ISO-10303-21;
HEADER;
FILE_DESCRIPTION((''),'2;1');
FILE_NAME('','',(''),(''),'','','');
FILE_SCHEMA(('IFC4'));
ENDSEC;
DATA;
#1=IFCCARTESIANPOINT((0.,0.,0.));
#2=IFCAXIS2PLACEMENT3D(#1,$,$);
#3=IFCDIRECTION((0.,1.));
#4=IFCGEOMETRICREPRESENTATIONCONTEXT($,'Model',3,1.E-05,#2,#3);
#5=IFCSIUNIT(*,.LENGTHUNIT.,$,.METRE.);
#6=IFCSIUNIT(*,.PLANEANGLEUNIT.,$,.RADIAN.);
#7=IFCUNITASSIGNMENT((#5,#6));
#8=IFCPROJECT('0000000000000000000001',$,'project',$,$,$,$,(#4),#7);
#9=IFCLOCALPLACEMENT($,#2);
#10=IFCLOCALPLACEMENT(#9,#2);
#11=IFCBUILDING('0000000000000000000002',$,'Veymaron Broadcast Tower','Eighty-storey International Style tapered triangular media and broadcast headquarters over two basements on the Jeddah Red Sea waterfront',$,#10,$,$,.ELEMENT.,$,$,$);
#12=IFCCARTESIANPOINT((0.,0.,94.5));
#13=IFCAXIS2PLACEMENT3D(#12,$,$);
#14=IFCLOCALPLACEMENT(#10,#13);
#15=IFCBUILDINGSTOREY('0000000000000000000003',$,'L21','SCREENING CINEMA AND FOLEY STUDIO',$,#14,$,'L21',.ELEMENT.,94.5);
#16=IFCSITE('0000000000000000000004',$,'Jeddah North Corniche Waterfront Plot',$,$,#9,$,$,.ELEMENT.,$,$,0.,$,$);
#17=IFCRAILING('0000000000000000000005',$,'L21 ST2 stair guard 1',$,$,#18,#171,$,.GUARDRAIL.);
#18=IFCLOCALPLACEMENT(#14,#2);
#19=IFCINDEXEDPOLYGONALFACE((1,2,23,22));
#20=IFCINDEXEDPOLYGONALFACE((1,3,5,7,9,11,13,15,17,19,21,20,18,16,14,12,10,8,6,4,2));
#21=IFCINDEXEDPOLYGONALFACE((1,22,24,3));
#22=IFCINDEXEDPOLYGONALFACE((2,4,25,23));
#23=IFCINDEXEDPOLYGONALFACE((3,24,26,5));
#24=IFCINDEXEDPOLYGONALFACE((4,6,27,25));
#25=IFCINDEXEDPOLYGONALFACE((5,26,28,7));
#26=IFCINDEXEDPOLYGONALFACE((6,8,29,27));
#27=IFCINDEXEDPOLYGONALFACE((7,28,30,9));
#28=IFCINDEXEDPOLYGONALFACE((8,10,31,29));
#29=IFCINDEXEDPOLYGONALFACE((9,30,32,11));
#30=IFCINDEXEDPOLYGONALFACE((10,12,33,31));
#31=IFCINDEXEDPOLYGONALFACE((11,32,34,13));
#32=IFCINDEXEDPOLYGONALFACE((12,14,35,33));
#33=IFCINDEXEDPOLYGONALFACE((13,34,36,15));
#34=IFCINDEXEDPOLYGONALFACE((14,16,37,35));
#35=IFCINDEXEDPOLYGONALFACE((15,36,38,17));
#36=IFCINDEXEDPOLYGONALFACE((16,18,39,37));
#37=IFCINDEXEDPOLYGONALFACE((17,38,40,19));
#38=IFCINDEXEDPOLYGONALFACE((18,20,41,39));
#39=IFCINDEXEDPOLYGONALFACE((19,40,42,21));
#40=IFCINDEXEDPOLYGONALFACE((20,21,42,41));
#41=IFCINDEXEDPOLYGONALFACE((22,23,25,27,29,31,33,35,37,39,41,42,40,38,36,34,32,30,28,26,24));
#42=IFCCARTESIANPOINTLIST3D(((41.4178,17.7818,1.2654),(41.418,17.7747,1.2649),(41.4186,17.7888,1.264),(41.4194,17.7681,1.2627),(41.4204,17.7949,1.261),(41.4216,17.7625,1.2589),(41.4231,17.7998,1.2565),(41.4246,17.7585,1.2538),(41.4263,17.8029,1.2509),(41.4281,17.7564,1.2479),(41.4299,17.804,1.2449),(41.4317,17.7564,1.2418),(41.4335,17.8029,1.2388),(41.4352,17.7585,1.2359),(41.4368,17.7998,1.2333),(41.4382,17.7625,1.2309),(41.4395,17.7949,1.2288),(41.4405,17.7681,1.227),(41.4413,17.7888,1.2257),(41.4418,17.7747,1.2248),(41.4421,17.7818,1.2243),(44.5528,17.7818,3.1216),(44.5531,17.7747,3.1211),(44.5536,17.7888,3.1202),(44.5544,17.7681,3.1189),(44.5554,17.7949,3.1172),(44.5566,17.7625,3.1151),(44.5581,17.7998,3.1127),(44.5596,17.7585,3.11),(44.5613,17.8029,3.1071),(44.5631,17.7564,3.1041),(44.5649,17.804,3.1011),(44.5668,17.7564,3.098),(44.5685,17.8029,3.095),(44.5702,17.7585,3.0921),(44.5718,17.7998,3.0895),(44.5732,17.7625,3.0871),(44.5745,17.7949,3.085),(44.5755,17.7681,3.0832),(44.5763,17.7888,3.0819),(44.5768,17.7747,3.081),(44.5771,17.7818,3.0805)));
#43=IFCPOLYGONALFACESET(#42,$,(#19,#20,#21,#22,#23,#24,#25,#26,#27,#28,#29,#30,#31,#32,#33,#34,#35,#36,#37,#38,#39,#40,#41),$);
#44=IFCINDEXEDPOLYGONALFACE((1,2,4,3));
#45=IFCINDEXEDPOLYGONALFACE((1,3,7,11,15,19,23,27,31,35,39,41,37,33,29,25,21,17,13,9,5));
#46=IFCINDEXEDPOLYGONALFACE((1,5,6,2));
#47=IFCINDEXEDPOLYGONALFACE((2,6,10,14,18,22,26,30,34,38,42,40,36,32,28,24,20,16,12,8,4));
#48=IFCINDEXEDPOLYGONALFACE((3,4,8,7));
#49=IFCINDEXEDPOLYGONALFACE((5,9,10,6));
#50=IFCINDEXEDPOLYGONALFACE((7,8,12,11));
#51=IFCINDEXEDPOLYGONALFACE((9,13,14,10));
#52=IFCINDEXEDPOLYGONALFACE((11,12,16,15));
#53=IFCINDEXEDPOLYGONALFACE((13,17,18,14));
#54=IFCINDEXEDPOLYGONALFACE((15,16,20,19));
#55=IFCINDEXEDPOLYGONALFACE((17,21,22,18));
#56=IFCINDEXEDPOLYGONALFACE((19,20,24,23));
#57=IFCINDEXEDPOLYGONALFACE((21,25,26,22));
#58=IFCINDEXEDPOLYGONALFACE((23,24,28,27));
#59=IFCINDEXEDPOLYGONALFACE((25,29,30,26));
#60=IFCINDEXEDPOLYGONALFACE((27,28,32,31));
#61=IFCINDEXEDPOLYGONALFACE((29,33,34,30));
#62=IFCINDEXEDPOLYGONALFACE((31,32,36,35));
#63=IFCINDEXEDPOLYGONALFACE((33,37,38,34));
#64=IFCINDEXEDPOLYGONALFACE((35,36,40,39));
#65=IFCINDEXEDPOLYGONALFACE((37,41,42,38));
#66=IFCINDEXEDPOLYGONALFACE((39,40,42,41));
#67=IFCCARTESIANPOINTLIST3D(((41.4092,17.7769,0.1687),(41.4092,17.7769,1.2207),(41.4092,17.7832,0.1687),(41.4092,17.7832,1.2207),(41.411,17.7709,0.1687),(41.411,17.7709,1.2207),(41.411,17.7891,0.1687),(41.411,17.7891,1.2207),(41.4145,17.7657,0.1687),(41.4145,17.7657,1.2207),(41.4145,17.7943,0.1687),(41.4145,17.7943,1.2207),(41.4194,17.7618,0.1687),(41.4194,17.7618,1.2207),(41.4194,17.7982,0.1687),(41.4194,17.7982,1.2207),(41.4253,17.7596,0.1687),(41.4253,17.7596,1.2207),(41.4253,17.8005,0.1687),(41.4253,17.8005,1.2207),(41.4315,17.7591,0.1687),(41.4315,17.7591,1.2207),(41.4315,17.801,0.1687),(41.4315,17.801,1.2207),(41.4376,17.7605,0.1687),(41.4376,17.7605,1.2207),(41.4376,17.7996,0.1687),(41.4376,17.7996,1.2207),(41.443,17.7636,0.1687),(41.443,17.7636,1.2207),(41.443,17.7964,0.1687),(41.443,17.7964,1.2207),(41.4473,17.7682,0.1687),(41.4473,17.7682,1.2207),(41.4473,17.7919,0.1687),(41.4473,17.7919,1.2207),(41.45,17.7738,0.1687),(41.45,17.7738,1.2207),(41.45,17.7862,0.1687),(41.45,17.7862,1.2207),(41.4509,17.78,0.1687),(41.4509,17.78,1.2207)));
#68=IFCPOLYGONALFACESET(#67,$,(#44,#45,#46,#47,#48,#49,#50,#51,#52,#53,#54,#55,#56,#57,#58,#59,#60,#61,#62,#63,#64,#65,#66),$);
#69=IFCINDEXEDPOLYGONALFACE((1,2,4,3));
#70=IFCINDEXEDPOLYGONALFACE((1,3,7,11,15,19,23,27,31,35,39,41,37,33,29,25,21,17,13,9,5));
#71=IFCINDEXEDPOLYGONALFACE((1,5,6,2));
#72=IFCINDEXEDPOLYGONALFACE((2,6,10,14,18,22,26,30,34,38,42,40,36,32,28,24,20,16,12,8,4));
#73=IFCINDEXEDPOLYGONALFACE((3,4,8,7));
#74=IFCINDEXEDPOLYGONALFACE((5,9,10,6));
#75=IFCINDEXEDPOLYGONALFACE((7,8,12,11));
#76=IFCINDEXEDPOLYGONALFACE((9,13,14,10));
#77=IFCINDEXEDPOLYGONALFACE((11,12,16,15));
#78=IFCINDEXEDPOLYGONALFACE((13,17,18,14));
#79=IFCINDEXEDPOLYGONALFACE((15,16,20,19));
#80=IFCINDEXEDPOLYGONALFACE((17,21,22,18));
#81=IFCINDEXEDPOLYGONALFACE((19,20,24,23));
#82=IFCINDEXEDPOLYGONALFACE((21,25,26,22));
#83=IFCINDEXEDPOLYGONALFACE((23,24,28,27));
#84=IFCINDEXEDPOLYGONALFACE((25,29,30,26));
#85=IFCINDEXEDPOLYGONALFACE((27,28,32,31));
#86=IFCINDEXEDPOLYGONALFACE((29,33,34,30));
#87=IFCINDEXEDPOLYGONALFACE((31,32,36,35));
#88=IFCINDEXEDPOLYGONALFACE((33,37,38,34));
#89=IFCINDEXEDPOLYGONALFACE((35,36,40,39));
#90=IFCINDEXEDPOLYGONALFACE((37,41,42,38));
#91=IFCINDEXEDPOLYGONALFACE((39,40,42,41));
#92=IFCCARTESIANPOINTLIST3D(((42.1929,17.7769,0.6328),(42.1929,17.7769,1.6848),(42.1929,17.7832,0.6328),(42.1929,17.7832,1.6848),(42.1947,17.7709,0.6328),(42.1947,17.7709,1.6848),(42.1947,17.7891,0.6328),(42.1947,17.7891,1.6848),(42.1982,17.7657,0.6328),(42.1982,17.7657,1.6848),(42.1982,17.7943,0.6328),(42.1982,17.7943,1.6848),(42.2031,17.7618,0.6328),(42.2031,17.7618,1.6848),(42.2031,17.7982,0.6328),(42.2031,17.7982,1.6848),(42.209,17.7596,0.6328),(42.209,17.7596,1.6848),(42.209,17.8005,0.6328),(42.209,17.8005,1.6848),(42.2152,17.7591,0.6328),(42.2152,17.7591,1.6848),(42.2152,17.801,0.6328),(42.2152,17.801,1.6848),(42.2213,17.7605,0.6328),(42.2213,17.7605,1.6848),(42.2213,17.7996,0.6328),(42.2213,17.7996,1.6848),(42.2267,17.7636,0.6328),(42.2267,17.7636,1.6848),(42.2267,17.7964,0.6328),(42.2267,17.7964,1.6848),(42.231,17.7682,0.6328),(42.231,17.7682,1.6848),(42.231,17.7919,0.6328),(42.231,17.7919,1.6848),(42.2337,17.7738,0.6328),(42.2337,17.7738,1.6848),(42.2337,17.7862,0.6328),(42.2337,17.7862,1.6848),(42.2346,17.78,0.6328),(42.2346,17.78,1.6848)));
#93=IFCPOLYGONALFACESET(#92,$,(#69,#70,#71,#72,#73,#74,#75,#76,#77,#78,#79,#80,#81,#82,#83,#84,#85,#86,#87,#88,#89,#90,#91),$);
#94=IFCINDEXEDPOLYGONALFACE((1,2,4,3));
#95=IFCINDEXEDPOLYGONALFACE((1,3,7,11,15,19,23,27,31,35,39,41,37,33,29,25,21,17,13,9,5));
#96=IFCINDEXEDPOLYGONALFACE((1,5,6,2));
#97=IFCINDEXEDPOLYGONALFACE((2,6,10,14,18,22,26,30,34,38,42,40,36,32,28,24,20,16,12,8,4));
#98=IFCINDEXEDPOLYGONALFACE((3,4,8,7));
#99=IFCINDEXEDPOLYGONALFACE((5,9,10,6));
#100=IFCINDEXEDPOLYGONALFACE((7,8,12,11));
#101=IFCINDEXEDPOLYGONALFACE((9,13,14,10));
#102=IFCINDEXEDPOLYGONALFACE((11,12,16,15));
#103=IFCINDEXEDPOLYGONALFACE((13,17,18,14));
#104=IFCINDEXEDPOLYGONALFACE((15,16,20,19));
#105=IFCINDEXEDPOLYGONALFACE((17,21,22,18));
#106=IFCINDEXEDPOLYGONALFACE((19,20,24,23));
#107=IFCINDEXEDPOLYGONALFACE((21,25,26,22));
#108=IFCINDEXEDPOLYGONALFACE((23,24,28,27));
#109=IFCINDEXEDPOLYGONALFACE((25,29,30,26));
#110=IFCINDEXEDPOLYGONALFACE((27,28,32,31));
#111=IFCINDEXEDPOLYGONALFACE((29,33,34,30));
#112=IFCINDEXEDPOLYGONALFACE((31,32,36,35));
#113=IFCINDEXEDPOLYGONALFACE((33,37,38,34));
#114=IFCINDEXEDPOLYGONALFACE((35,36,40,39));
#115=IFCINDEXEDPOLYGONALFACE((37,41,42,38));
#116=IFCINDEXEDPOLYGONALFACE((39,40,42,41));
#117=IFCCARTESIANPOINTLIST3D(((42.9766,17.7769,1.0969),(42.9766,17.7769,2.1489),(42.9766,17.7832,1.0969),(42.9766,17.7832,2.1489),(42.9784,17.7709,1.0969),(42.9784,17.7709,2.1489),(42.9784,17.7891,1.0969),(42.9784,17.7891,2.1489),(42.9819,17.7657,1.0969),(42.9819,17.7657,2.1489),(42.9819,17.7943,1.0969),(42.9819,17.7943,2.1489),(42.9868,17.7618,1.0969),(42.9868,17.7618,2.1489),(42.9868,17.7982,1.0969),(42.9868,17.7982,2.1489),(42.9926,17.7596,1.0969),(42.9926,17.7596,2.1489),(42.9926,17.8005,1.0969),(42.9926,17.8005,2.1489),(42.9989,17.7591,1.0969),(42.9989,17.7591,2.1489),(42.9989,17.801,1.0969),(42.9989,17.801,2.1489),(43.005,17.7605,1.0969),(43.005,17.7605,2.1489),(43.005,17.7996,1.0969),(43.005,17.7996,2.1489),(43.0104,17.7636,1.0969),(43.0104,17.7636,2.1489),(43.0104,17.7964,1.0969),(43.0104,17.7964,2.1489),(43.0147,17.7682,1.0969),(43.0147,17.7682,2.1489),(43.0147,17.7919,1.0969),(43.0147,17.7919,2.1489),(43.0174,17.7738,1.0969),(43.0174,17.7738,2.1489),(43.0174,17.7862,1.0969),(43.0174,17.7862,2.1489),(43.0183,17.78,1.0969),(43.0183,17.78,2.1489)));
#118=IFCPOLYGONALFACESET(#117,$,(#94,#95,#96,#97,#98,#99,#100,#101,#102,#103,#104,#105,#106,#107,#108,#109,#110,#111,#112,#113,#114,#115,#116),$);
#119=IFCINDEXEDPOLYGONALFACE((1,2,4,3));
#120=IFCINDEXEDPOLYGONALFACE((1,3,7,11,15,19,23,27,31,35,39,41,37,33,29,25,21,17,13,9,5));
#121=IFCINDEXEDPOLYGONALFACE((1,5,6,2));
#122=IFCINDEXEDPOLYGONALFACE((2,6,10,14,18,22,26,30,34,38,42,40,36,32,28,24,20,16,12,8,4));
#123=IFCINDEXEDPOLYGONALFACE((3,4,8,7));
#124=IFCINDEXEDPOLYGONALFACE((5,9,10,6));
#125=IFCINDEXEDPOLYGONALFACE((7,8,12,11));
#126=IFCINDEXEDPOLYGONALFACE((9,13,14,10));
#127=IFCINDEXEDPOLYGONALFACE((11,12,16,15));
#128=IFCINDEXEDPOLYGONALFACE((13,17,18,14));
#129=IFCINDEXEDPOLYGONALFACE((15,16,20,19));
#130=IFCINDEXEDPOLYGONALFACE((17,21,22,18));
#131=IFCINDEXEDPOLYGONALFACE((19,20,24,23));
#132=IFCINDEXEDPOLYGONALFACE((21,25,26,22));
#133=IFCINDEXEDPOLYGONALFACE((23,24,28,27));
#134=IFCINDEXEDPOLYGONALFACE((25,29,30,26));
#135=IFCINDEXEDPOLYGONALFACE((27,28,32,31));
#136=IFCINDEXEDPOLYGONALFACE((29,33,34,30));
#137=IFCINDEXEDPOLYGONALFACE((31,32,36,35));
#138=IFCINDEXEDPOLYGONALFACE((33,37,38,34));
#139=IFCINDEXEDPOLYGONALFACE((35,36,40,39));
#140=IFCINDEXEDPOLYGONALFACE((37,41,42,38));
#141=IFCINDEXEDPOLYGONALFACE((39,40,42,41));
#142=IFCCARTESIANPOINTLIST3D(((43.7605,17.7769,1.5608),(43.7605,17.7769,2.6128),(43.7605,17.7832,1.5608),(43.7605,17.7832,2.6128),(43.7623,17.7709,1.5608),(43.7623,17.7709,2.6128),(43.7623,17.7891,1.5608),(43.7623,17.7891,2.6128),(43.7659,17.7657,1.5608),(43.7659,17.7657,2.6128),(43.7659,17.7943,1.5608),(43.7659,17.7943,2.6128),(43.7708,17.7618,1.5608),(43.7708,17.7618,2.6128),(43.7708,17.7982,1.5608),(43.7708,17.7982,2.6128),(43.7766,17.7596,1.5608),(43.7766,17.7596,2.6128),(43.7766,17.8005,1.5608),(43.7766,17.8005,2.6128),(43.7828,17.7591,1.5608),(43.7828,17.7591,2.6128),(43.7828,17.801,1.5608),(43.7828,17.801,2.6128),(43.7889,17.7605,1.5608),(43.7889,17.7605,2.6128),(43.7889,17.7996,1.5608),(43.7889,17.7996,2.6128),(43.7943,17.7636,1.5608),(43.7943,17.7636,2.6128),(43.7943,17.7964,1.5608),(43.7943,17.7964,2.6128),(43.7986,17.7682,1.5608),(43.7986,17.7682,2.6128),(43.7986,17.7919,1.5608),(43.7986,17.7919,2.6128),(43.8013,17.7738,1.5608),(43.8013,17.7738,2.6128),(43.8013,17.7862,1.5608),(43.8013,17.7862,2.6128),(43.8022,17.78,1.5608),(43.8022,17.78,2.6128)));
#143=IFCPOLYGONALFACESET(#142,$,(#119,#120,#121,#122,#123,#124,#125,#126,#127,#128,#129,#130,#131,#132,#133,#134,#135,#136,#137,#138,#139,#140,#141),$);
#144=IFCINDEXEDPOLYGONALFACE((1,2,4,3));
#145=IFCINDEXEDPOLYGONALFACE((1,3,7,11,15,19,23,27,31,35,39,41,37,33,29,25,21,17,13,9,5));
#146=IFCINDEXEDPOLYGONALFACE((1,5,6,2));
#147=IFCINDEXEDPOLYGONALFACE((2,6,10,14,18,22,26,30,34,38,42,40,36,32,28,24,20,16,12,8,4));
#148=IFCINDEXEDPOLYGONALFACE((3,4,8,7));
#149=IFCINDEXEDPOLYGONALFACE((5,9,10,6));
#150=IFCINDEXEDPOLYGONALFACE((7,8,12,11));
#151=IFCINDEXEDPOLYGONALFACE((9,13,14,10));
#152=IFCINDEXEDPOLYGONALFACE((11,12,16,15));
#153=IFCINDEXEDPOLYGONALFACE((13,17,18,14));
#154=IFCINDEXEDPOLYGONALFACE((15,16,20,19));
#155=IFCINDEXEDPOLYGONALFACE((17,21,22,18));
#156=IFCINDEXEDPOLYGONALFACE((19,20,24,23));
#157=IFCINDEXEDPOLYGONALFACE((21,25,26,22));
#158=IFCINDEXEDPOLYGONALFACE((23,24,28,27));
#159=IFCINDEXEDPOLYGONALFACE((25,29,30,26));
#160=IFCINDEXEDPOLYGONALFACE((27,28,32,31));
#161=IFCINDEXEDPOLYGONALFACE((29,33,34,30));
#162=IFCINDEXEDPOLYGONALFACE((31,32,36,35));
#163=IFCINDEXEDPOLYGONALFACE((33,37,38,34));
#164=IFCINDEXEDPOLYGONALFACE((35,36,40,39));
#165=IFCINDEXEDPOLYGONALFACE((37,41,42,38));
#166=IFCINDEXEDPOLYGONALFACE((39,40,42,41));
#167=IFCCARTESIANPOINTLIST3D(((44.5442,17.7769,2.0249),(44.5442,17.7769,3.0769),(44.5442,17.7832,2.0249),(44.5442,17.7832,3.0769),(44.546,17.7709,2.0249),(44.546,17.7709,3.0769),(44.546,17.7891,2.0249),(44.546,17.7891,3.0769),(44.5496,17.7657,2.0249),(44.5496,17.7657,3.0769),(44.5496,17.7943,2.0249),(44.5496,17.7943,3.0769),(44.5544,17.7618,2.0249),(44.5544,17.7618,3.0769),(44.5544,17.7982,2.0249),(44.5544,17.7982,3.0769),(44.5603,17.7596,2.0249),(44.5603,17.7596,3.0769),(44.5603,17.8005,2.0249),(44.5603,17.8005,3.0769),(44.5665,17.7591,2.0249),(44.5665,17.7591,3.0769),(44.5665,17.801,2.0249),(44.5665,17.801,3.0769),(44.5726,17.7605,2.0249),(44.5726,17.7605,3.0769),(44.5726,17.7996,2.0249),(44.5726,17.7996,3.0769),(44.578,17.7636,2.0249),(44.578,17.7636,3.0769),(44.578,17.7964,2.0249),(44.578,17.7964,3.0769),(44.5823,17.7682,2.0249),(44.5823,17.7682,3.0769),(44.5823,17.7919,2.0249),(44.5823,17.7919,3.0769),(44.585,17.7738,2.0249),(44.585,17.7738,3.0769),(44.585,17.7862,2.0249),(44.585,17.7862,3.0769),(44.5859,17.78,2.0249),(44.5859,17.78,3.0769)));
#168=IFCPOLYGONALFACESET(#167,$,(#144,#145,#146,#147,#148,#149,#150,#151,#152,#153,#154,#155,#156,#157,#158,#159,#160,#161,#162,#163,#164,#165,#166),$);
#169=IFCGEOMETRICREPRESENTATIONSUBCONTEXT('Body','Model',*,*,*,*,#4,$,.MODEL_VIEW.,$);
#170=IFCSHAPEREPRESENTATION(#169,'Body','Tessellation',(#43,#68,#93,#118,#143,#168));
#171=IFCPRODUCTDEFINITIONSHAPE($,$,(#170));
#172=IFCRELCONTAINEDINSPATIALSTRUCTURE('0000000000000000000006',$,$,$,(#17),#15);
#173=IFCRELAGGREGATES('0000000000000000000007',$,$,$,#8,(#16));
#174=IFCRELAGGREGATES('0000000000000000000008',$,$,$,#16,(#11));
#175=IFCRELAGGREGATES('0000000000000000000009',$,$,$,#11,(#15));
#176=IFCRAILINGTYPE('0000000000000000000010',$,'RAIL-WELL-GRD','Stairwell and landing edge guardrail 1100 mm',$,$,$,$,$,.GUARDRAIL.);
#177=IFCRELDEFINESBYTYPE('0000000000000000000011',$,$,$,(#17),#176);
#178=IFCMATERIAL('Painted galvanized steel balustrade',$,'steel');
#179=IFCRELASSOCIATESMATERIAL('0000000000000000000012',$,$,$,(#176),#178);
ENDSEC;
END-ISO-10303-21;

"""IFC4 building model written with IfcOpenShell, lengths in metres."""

from ifc_helpers import new_model, si_unit, direction, frame, origin, origin_2d, place, context, subcontext, project, spatial, circle, extrude, material, type_object, element, save


model = new_model("IFC4")

# Units and contexts
model_context = context("Model", 3, precision=1e-05, world=origin(), true_north=direction((0.0, 1.0)))
body_context = subcontext(model_context, "Body", "Model", "MODEL_VIEW")
ifc_project = project(units=[si_unit("LENGTHUNIT", "METRE"), si_unit("PLANEANGLEUNIT", "RADIAN")], contexts=[model_context])

# Site, building, storey
site_placement = place(None, origin())
site = spatial("IfcSite", under=ifc_project, at=site_placement, Name="Jeddah North Corniche Waterfront Plot", CompositionType="ELEMENT", RefElevation=0.0)
building_placement = place(site_placement, origin())
building = spatial("IfcBuilding", under=site, at=building_placement, Name="Veymaron Broadcast Tower", Description="Eighty-storey International Style tapered triangular media and broadcast headquarters over two basements on the Jeddah Red Sea waterfront", CompositionType="ELEMENT")
storey_placement = place(building_placement, frame((0.0, 0.0, 94.5)))
storey = spatial("IfcBuildingStorey", under=building, at=storey_placement, Name="L21", Description="SCREENING CINEMA AND FOLEY STUDIO", LongName="L21", CompositionType="ELEMENT", Elevation=94.5)

# Railing
ifc_material_1 = material(Name="Painted galvanized steel balustrade", Category="steel")
railing_type_1 = type_object("IfcRailingType", Name="RAIL-WELL-GRD", Description="Stairwell and landing edge guardrail 1100 mm", PredefinedType="GUARDRAIL", material=ifc_material_1)
railing_1_placement = place(storey_placement, frame((41.4299, 17.78, 0.1687)))
element("IfcRailing", 1, at=railing_1_placement, inside=storey, type_object=railing_type_1, Name="L21 ST2 stair guard 1", PredefinedType="GUARDRAIL", context=body_context, shape_type="SweptSolid", body=[
    extrude(circle(Radius=0.0239, at=origin_2d()), frame((0.0, 0.0, 1.0762), z_axis=(0.860482, 0.0, 0.509481), x_axis=(0.0, 1.0, 0.0)), (0.0, 0.0, 1.0), 3.6433),
    extrude(circle(Radius=0.021, at=origin_2d()), origin(), (0.0, 0.0, 1.0), 1.052),
    extrude(circle(Radius=0.021, at=origin_2d()), frame((0.7837, 0.0, 0.4641)), (0.0, 0.0, 1.0), 1.052),
    extrude(circle(Radius=0.021, at=origin_2d()), frame((1.5674, 0.0, 0.9282)), (0.0, 0.0, 1.0), 1.052),
    extrude(circle(Radius=0.021, at=origin_2d()), frame((2.3513, 0.0, 1.3921)), (0.0, 0.0, 1.0), 1.052),
    extrude(circle(Radius=0.021, at=origin_2d()), frame((3.135, 0.0, 1.8562)), (0.0, 0.0, 1.0), 1.052),
])

save(model, "model.ifc")
